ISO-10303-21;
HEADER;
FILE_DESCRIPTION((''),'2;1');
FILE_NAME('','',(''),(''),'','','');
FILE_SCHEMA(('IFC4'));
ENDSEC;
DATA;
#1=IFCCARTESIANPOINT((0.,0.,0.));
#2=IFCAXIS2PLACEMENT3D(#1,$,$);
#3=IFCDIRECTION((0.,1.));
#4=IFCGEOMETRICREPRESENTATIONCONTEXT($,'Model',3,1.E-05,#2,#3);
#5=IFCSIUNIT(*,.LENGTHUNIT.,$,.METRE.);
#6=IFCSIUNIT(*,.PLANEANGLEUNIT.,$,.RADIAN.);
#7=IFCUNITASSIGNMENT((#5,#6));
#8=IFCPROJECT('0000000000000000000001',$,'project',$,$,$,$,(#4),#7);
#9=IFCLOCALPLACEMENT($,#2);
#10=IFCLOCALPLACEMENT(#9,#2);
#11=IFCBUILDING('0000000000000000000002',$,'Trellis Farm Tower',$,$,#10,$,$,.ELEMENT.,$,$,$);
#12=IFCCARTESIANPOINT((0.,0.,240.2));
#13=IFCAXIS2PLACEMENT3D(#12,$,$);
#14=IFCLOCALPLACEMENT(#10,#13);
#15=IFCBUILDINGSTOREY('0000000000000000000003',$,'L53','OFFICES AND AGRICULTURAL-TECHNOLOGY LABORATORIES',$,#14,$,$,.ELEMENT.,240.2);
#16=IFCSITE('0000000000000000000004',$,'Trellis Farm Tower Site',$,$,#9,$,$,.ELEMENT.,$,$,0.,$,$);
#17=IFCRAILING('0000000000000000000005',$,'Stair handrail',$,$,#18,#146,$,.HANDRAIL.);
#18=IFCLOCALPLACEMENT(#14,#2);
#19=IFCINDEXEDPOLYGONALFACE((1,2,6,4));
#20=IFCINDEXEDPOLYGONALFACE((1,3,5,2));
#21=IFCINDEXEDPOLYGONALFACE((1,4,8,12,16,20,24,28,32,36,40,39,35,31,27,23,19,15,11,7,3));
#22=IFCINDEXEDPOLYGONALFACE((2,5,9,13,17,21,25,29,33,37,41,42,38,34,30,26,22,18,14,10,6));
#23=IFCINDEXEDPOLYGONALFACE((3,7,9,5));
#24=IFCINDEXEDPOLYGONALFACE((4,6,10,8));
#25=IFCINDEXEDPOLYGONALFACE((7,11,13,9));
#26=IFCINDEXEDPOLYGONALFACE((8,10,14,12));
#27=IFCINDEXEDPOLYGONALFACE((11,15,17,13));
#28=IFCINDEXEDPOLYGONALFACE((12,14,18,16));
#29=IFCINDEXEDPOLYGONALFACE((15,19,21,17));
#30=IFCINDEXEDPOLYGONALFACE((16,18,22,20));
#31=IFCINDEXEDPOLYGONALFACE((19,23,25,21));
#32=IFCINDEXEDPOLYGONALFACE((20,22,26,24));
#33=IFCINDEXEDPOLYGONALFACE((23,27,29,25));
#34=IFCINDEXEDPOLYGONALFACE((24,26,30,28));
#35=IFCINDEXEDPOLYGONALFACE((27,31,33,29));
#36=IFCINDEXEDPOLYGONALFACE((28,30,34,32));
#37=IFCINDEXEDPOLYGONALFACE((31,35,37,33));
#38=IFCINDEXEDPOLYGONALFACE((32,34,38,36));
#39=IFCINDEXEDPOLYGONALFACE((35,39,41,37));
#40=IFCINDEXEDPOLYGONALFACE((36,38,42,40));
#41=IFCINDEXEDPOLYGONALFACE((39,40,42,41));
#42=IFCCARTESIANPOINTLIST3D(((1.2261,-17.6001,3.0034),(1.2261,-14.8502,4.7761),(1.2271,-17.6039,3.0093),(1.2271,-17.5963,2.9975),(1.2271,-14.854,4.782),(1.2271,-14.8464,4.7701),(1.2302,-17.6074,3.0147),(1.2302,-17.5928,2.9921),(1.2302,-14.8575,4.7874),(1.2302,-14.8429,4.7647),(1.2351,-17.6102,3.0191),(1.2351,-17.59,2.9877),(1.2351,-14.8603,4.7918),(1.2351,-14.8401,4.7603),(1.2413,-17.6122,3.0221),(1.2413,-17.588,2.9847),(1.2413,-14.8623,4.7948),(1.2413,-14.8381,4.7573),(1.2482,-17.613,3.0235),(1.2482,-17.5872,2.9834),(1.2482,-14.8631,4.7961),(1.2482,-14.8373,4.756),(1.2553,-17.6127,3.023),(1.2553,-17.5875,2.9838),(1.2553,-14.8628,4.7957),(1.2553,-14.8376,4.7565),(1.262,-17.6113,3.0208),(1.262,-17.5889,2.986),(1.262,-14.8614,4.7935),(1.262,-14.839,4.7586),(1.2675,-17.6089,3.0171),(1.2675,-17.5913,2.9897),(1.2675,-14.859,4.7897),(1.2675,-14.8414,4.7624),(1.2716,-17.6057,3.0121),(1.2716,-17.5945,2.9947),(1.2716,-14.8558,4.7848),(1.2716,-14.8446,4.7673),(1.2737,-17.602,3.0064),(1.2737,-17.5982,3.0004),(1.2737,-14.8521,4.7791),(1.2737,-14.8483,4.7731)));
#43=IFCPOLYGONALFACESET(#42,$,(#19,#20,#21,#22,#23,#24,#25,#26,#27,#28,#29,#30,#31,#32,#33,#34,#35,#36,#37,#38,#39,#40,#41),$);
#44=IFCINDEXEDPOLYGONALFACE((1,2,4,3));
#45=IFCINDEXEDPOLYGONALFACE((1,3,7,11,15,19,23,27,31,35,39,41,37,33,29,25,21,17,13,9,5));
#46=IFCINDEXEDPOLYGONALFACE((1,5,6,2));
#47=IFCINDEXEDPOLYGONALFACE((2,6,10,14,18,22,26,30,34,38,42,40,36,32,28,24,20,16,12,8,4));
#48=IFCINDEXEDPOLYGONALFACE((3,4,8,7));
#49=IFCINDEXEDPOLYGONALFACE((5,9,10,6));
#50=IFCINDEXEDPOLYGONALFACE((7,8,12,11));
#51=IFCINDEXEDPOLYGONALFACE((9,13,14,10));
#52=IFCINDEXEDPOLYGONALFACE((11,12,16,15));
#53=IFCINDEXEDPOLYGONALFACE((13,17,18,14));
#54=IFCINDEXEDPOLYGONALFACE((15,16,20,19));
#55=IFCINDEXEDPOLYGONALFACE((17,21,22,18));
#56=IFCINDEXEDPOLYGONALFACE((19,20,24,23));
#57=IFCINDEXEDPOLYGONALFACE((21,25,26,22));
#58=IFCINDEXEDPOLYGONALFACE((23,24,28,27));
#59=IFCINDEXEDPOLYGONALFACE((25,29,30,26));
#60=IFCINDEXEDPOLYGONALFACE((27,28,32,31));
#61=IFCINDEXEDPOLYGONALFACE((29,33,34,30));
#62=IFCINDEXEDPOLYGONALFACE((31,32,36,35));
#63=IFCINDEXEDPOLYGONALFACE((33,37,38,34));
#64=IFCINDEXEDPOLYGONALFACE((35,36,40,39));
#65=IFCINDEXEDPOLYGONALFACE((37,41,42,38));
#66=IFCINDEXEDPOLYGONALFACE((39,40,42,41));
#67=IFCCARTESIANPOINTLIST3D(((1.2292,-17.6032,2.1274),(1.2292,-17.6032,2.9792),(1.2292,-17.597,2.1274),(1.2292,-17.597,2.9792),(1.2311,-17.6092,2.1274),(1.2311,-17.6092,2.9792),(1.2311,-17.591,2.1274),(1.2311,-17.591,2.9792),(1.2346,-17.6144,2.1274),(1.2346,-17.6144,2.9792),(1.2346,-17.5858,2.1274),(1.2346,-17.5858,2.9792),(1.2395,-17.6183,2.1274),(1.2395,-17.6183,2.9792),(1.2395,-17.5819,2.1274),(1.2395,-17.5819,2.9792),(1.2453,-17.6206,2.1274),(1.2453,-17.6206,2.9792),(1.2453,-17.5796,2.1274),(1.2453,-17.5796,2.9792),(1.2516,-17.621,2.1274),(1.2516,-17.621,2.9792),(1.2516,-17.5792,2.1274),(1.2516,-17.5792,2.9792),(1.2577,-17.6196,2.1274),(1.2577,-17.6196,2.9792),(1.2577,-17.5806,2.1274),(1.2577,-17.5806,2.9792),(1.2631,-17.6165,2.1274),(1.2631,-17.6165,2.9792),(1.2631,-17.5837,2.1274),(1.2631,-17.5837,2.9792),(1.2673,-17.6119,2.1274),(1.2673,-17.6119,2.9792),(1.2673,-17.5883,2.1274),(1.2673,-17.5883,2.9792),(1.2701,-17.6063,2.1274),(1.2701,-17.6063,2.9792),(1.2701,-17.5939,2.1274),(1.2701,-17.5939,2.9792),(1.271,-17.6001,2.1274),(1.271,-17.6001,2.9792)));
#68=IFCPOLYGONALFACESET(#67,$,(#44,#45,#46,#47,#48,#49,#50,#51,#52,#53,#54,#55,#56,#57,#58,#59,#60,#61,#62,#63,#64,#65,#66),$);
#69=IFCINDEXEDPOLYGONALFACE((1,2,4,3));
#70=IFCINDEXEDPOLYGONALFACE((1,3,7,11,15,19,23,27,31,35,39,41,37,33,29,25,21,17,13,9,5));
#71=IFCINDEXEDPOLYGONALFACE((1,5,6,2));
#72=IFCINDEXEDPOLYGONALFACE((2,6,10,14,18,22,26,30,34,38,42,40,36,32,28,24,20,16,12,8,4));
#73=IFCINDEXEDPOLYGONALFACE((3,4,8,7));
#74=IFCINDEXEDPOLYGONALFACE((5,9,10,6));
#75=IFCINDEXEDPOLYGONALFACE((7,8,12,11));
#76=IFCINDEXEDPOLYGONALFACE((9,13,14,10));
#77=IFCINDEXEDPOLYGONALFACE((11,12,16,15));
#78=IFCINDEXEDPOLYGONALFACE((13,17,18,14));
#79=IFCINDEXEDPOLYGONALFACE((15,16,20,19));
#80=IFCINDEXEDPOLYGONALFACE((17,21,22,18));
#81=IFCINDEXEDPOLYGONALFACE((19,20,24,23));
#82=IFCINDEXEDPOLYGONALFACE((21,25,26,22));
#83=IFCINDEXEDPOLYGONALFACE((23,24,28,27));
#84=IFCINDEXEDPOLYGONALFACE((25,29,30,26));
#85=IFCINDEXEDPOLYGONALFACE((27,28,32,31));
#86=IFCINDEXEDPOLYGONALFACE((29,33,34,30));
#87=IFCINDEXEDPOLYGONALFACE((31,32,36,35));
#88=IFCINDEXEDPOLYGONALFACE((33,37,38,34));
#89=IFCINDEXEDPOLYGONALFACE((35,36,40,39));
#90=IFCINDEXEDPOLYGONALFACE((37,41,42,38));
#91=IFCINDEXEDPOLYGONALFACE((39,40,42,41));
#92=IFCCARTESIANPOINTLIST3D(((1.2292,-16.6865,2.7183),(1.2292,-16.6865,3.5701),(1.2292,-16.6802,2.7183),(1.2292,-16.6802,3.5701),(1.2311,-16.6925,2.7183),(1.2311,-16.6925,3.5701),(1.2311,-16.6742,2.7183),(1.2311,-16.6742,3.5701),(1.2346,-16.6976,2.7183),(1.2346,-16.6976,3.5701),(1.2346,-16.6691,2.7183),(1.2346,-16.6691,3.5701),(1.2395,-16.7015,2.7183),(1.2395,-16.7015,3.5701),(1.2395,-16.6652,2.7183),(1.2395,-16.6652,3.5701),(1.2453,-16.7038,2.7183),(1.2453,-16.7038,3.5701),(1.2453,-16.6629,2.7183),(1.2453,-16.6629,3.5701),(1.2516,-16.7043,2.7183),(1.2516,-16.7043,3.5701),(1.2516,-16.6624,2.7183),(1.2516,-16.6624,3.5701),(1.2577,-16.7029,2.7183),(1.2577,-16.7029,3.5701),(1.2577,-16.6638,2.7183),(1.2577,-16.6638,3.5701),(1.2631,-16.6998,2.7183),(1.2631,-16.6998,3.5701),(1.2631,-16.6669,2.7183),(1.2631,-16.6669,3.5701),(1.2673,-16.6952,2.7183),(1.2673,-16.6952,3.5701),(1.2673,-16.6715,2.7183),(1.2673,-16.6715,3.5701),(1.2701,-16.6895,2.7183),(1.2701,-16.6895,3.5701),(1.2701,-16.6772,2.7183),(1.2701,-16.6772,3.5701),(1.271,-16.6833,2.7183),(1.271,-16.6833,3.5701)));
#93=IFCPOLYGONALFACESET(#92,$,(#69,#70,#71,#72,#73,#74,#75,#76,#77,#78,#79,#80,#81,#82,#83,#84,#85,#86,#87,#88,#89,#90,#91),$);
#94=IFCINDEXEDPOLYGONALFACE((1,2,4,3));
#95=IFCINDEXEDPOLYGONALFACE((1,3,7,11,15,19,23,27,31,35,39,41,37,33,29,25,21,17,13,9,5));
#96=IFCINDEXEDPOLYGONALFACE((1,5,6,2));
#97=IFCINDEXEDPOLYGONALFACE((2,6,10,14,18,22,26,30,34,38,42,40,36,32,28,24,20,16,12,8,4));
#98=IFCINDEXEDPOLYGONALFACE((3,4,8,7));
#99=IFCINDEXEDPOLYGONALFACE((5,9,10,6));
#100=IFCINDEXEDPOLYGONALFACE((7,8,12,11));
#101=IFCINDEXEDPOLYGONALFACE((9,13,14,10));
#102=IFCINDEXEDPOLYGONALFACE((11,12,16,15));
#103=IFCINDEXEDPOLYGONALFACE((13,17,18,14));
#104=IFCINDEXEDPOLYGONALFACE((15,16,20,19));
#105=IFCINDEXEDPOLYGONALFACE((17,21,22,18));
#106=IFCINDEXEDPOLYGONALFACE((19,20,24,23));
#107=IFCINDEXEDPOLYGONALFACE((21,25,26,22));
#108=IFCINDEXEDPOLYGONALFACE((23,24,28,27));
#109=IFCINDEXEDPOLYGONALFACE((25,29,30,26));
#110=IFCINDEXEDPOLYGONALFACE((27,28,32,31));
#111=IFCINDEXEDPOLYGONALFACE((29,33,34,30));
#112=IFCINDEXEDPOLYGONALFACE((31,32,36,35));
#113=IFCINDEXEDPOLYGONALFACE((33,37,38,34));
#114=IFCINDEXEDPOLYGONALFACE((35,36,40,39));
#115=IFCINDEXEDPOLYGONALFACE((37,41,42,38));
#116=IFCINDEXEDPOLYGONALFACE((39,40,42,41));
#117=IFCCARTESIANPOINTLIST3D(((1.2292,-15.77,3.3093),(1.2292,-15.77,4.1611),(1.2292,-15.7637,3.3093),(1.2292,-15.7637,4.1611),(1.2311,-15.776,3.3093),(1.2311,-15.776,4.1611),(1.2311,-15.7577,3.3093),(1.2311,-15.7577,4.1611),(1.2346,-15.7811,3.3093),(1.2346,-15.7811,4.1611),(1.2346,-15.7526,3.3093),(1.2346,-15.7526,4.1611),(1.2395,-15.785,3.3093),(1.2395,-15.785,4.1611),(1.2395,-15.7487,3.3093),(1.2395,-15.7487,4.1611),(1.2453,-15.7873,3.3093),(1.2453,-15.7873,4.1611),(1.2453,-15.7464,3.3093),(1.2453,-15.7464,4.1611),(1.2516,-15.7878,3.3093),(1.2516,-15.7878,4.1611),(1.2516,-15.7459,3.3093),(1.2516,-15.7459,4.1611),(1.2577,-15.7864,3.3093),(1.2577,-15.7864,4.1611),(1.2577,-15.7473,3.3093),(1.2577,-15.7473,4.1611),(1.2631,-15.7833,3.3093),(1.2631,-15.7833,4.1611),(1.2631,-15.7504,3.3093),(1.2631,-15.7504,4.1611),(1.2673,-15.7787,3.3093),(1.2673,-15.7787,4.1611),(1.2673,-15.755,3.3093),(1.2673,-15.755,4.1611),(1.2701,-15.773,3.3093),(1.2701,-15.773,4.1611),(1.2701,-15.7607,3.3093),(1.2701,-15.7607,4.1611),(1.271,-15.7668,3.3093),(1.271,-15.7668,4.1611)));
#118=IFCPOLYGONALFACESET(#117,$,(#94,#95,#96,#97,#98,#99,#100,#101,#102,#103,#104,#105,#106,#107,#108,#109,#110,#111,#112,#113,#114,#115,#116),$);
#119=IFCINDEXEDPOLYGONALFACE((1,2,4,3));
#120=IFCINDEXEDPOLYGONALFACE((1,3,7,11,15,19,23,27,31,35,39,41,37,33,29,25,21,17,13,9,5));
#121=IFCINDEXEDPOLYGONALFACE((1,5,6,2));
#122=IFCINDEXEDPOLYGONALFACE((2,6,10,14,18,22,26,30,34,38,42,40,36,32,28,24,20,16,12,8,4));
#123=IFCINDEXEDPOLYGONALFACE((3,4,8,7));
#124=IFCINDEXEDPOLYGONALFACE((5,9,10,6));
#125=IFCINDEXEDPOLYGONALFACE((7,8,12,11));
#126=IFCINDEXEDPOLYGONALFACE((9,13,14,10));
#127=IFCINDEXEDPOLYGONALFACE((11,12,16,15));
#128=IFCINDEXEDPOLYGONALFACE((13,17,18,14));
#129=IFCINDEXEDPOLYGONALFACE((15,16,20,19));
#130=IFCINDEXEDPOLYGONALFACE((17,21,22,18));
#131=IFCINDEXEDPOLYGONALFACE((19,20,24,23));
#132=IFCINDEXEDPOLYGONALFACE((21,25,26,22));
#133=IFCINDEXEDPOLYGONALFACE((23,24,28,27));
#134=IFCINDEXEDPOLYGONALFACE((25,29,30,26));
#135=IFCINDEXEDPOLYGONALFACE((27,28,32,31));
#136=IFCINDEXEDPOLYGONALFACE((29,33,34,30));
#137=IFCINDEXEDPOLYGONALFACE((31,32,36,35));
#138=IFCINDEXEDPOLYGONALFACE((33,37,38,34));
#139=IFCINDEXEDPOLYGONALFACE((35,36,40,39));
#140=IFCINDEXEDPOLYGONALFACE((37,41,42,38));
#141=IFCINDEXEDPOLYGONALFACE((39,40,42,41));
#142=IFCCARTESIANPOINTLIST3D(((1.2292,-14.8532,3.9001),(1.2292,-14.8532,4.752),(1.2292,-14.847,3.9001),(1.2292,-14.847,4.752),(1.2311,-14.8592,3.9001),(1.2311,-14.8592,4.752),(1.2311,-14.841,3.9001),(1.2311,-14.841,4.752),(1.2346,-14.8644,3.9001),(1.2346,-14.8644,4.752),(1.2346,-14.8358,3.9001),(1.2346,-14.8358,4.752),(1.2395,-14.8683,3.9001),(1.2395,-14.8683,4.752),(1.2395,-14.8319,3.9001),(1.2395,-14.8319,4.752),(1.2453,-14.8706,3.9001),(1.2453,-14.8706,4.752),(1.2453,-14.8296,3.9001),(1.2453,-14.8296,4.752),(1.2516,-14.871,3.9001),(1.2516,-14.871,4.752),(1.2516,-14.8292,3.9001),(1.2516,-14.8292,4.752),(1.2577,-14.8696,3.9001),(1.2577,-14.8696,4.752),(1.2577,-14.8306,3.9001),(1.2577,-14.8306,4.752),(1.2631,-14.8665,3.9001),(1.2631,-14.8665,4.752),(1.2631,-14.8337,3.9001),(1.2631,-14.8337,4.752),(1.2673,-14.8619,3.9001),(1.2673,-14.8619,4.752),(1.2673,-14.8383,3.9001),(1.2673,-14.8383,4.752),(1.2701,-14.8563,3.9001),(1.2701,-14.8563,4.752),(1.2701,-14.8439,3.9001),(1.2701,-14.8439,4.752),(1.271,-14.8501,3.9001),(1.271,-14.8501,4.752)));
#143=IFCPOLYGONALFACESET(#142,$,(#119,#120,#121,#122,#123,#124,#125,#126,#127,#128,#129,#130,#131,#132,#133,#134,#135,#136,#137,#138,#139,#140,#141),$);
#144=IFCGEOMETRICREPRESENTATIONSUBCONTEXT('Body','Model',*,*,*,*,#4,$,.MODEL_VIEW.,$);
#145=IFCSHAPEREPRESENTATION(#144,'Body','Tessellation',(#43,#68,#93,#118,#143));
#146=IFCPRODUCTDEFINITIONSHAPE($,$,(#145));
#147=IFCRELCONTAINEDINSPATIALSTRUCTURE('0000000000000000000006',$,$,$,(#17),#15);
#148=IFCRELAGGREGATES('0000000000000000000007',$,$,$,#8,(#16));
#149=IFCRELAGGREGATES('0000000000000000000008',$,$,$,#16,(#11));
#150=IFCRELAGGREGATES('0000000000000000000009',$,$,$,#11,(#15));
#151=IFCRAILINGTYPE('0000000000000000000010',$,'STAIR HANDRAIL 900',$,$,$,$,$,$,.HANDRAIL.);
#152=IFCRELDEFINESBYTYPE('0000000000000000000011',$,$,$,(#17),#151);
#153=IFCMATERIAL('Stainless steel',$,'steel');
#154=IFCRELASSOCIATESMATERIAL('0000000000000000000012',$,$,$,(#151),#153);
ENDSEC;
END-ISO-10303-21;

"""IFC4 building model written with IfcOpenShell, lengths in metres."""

from ifc_helpers import new_model, si_unit, direction, frame, origin, origin_2d, place, context, subcontext, project, spatial, circle, extrude, source, transform, mapped, material, type_object, element, save


model = new_model("IFC4")

# Units and contexts
model_context = context("Model", 3, precision=1e-05, world=origin(), true_north=direction((0.0, 1.0)))
body_context = subcontext(model_context, "Body", "Model", "MODEL_VIEW")
ifc_project = project(units=[si_unit("LENGTHUNIT", "METRE"), si_unit("PLANEANGLEUNIT", "RADIAN")], contexts=[model_context])

# Site, building, storey
site_placement = place(None, origin())
site = spatial("IfcSite", under=ifc_project, at=site_placement, Name="Trellis Farm Tower Site", CompositionType="ELEMENT", RefElevation=0.0)
building_placement = place(site_placement, origin())
building = spatial("IfcBuilding", under=site, at=building_placement, Name="Trellis Farm Tower", CompositionType="ELEMENT")
storey_placement = place(building_placement, frame((0.0, 0.0, 240.2)))
storey = spatial("IfcBuildingStorey", under=building, at=storey_placement, Name="L53", Description="OFFICES AND AGRICULTURAL-TECHNOLOGY LABORATORIES", CompositionType="ELEMENT", Elevation=240.2)

# Railing
ifc_material_1 = material(Name="Stainless steel", Category="steel")
railing_type = type_object("IfcRailingType", Name="STAIR HANDRAIL 900", PredefinedType="HANDRAIL", material=ifc_material_1)
shared_shape_1 = source(origin(), body_context, "Body", "SweptSolid", [
    extrude(circle(Radius=0.0239, at=origin_2d()), frame((0.0, 0.0, 0.876), z_axis=(0.0, 0.840504, 0.541806), x_axis=(-1.0, 0.0, 0.0)), (0.0, 0.0, 1.0), 3.2717),
    extrude(circle(Radius=0.021, at=origin_2d()), origin(), (0.0, 0.0, 1.0), 0.8518),
    extrude(circle(Radius=0.021, at=origin_2d()), frame((0.0, 0.9167, 0.5908)), (0.0, 0.0, 1.0), 0.8518),
    extrude(circle(Radius=0.021, at=origin_2d()), frame((0.0, 1.8333, 1.1819)), (0.0, 0.0, 1.0), 0.8518),
    extrude(circle(Radius=0.021, at=origin_2d()), frame((0.0, 2.75, 1.7727)), (0.0, 0.0, 1.0), 0.8518),
])
railing_placement = place(storey_placement, frame((1.25, -17.6001, 2.1274)))
element("IfcRailing", 1, at=railing_placement, inside=storey, type_object=railing_type, Name="Stair handrail", PredefinedType="HANDRAIL", context=body_context, shape_type="MappedRepresentation", body=[
    mapped(shared_shape_1, transform((0.0, 0.0, 0.0))),
])

save(model, "model.ifc")
